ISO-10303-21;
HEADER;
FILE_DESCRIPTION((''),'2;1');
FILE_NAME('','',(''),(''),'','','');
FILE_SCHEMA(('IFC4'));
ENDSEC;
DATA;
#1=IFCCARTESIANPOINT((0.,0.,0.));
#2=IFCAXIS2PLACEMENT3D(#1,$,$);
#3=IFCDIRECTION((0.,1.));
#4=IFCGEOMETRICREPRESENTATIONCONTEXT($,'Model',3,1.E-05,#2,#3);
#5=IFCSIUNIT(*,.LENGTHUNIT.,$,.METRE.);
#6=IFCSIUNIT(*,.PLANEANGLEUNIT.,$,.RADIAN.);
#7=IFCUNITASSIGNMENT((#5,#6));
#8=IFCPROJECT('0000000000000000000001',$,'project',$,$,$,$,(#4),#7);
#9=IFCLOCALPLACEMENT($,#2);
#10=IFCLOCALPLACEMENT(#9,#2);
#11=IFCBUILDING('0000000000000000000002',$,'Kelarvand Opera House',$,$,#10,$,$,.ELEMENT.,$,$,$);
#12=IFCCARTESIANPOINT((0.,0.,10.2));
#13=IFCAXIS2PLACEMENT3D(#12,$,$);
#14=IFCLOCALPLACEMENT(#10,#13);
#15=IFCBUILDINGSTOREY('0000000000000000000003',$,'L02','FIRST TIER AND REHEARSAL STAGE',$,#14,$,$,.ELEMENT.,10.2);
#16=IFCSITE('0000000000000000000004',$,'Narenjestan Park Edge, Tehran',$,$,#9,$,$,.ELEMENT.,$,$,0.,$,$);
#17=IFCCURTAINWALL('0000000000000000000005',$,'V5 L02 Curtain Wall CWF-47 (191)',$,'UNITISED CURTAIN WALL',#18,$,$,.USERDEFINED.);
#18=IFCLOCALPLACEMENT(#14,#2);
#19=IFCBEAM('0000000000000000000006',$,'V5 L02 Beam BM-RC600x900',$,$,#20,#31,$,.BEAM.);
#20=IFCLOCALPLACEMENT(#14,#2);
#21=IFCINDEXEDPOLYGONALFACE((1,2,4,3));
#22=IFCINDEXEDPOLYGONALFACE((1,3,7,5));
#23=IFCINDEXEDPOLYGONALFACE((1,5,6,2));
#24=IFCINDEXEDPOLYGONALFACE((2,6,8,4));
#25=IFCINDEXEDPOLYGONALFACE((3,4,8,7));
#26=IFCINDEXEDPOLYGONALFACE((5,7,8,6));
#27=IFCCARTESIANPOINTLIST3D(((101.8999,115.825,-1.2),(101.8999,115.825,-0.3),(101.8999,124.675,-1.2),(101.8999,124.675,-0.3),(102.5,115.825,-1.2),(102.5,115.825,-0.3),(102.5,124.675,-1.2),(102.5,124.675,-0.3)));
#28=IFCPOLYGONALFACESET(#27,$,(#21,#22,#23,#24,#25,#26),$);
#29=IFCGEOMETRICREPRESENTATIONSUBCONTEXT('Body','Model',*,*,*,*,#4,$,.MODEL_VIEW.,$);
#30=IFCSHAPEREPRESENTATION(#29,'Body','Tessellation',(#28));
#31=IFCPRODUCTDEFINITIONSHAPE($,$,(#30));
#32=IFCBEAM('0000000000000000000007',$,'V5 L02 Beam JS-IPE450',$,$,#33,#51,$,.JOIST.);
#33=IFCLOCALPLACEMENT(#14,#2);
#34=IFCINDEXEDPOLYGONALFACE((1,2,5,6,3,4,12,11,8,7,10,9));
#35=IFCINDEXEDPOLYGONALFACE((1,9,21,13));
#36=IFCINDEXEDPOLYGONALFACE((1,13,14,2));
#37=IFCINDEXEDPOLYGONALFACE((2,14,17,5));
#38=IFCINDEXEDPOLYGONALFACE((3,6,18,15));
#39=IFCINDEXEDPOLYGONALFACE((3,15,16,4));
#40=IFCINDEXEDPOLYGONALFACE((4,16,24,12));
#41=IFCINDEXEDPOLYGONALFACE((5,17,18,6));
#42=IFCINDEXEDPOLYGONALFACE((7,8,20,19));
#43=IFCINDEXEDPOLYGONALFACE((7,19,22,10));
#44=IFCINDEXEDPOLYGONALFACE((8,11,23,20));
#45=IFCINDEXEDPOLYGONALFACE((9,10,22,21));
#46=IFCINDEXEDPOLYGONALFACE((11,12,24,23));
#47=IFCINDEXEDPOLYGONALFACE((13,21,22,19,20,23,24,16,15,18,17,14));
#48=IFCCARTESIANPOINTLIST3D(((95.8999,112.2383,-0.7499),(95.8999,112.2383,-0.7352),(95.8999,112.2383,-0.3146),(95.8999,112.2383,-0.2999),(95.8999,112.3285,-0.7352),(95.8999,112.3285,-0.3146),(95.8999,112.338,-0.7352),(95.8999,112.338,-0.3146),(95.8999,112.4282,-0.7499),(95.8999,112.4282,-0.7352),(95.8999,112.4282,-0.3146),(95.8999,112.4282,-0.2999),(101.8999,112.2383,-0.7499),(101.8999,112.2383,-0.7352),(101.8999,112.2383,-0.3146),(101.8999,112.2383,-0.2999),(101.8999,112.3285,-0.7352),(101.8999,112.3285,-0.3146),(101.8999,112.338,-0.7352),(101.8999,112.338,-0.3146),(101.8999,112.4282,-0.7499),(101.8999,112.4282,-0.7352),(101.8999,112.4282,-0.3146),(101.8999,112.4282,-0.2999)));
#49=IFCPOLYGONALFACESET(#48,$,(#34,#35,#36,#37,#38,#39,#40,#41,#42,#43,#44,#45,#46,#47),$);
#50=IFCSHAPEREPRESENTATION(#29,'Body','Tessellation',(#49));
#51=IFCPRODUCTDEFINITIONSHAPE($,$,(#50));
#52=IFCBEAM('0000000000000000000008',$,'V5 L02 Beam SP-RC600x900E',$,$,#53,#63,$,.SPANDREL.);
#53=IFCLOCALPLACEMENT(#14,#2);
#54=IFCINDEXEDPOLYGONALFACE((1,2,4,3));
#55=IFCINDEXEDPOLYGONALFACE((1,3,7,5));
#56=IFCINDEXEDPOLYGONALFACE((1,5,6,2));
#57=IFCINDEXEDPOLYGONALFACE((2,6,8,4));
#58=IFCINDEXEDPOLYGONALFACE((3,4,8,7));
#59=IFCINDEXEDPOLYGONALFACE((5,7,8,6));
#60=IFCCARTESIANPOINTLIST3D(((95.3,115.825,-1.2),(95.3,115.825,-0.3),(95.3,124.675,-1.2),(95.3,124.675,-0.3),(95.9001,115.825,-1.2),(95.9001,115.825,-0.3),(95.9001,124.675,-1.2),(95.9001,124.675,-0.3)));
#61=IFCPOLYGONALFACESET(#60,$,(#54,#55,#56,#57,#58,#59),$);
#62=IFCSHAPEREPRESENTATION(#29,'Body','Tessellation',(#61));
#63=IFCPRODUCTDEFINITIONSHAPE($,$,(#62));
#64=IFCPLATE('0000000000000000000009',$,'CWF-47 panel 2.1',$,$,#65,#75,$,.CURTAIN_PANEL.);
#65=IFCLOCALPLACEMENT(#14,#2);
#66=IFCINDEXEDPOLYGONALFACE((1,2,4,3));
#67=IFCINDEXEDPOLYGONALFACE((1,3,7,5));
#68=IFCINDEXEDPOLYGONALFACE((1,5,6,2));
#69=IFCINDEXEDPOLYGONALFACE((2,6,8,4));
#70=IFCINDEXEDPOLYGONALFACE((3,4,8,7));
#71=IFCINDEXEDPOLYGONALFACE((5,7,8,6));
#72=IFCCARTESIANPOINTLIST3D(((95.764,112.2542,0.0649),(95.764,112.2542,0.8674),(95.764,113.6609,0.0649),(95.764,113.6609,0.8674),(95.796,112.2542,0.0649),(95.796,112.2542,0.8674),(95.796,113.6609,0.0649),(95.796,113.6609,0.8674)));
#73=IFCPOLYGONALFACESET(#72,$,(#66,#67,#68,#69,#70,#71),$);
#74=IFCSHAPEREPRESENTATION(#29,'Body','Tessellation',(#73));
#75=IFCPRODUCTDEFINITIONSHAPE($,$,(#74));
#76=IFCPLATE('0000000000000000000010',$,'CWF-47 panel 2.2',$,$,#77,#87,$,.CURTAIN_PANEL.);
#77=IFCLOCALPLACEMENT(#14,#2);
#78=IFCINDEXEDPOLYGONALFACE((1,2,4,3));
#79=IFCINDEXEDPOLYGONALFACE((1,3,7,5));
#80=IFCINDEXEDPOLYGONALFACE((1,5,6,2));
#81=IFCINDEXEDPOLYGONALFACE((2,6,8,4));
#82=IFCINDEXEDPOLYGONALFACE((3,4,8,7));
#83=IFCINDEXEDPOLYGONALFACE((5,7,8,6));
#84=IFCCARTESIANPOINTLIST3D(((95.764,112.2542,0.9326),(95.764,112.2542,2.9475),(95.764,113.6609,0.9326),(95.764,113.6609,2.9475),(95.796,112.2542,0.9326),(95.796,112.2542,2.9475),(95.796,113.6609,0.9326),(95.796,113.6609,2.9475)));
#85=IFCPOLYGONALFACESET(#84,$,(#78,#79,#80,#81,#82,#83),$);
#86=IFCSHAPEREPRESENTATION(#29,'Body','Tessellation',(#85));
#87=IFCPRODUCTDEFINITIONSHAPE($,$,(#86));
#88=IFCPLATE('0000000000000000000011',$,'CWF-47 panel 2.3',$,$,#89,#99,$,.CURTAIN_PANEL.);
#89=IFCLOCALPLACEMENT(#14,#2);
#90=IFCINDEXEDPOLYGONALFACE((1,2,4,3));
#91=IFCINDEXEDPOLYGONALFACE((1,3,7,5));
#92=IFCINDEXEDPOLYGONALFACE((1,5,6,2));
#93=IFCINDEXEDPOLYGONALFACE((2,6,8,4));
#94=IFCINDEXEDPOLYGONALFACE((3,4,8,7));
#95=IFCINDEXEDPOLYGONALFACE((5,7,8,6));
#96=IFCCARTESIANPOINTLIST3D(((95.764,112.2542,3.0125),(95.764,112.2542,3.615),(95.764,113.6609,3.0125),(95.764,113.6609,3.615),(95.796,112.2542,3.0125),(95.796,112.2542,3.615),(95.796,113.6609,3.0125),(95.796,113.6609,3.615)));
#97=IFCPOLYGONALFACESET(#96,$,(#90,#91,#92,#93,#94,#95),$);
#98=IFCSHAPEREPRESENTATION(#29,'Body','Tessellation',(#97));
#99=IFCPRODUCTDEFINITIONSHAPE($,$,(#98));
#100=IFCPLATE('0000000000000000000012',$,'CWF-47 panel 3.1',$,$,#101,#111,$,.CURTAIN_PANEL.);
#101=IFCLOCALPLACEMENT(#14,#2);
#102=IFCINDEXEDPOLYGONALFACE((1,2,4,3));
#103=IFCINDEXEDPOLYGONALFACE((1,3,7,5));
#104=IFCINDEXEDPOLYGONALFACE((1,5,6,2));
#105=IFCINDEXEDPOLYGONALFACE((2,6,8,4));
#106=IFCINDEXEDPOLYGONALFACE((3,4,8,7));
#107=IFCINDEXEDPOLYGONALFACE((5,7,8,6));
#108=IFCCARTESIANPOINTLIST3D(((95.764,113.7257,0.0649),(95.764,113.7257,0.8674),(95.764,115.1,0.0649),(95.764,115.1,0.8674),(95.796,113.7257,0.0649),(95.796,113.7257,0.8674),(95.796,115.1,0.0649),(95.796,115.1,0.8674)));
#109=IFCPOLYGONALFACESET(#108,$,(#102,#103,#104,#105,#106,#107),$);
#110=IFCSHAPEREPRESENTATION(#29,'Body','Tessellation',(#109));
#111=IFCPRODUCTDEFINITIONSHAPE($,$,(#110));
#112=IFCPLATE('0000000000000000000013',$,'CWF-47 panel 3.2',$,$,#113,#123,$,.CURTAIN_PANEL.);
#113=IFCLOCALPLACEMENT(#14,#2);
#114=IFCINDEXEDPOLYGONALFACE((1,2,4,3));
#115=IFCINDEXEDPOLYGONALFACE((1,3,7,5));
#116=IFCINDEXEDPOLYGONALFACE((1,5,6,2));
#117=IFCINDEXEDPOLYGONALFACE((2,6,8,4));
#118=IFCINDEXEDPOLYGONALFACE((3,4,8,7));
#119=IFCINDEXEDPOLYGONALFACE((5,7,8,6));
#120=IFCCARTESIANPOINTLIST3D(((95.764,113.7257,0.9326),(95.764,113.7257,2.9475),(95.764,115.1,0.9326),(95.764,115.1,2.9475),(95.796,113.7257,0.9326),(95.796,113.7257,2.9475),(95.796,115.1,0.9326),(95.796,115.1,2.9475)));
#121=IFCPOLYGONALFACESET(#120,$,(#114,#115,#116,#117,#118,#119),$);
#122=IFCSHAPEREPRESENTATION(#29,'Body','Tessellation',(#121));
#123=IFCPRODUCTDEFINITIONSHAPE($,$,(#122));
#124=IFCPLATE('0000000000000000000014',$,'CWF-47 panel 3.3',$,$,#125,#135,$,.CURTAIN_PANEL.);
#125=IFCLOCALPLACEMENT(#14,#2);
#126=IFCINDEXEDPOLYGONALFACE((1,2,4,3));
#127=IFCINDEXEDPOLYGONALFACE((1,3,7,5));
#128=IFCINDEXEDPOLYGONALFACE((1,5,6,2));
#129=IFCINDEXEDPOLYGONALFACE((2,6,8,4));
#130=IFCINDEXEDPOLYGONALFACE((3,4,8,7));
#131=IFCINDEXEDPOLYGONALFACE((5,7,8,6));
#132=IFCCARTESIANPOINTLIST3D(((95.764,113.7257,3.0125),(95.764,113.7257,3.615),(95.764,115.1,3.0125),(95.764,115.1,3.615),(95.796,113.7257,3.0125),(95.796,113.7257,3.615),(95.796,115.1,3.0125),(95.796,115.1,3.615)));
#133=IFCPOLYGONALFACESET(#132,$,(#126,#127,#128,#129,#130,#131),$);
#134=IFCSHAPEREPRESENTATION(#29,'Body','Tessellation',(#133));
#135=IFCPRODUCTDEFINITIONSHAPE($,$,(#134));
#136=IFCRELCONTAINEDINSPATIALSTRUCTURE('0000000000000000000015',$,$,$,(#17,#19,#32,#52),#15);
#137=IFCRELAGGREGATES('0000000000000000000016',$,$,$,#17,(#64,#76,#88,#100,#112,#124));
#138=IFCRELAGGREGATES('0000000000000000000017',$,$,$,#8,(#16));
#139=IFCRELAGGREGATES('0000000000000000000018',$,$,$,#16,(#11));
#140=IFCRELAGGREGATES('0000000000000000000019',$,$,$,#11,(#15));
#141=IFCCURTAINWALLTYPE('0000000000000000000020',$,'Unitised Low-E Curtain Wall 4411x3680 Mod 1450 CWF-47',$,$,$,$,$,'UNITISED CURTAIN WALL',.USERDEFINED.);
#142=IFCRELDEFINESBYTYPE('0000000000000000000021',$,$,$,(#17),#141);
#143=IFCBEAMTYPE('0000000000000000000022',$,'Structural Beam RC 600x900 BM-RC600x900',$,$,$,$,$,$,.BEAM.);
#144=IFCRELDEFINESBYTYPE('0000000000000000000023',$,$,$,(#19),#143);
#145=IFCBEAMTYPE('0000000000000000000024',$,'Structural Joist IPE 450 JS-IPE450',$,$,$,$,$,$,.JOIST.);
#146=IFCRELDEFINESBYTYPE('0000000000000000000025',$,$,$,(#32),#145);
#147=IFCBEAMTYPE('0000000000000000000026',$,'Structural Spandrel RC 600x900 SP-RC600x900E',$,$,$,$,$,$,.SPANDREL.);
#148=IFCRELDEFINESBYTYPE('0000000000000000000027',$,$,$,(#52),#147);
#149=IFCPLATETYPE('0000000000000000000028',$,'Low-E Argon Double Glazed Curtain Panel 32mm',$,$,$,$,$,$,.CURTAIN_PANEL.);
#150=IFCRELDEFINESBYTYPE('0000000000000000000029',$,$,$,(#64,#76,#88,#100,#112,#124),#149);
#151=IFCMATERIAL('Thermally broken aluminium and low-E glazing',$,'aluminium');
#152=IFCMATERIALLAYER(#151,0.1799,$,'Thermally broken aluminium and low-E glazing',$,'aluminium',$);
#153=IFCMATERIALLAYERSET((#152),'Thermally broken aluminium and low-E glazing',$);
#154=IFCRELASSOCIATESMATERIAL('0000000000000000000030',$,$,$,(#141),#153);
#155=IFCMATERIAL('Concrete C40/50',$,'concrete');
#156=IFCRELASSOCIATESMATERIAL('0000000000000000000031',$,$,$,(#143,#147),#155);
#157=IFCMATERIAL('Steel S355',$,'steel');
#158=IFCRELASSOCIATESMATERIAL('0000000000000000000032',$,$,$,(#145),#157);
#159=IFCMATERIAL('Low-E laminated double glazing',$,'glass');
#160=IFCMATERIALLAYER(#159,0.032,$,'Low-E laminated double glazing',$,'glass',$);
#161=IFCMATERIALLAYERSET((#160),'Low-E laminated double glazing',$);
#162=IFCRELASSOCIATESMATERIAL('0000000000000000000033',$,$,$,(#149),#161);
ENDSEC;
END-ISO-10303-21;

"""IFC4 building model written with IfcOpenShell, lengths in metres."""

from ifc_helpers import new_model, si_unit, direction, frame, origin, origin_2d, place, context, subcontext, project, spatial, rectangle, i_section, extrude, material, layer, layer_set, material_profile, profile_set, type_object, element, aggregate, save


model = new_model("IFC4")

# Units and contexts
model_context = context("Model", 3, precision=1e-05, world=origin(), true_north=direction((0.0, 1.0)))
body_context = subcontext(model_context, "Body", "Model", "MODEL_VIEW")
ifc_project = project(units=[si_unit("LENGTHUNIT", "METRE"), si_unit("PLANEANGLEUNIT", "RADIAN")], contexts=[model_context])

# Site, building, storey
site_placement = place(None, origin())
site = spatial("IfcSite", under=ifc_project, at=site_placement, Name="Narenjestan Park Edge, Tehran", CompositionType="ELEMENT", RefElevation=0.0)
building_placement = place(site_placement, origin())
building = spatial("IfcBuilding", under=site, at=building_placement, Name="Kelarvand Opera House", CompositionType="ELEMENT")
storey_placement = place(building_placement, frame((0.0, 0.0, 10.2)))
storey = spatial("IfcBuildingStorey", under=building, at=storey_placement, Name="L02", Description="FIRST TIER AND REHEARSAL STAGE", CompositionType="ELEMENT", Elevation=10.2)

# Shared definitions
ifc_material_1 = material(Name="Concrete C40/50", Category="concrete")

# Curtain wall
ifc_material_2 = material(Name="Thermally broken aluminium and low-E glazing", Category="aluminium")
ifc_layer_1 = layer(ifc_material_2, 0.1799, Name="Thermally broken aluminium and low-E glazing", Category="aluminium")
ifc_layer_set_1 = layer_set([ifc_layer_1], Name="Thermally broken aluminium and low-E glazing")
curtain_wall_type = type_object("IfcCurtainWallType", Name="Unitised Low-E Curtain Wall 4411x3680 Mod 1450 CWF-47", ElementType="UNITISED CURTAIN WALL", PredefinedType="USERDEFINED", material=ifc_layer_set_1)
curtain_wall_1_placement = place(storey_placement, origin())
curtain_wall_1 = element("IfcCurtainWall", 1, at=curtain_wall_1_placement, inside=storey, type_object=curtain_wall_type, Name="V5 L02 Curtain Wall CWF-47 (191)", ObjectType="UNITISED CURTAIN WALL", PredefinedType="USERDEFINED")

# Beams
ifc_material_profile_1 = material_profile(ifc_material_1, rectangle(XDim=0.6001, YDim=0.8999, at=origin_2d()), Name="RC 600x900", Category="concrete")
ifc_profile_set_1 = profile_set([ifc_material_profile_1], Name="Concrete C40/50")
beam_type_1 = type_object("IfcBeamType", Name="Structural Beam RC 600x900 BM-RC600x900", PredefinedType="BEAM", material=ifc_profile_set_1)
beam_1_placement = place(storey_placement, frame((102.2, 115.825, -0.75), z_axis=(0.0, 1.0, 0.0), x_axis=(-1.0, 0.0, 0.0)))
element("IfcBeam", 2, at=beam_1_placement, inside=storey, type_object=beam_type_1, Name="V5 L02 Beam BM-RC600x900", PredefinedType="BEAM", context=body_context, shape_type="SweptSolid", body=[
    extrude(rectangle(XDim=0.6001, YDim=0.8999, at=origin_2d()), origin(), (0.0, 0.0, 1.0), 8.8501),
])
ifc_material_3 = material(Name="Steel S355", Category="steel")
ifc_material_profile_2 = material_profile(ifc_material_3, i_section(OverallWidth=0.1899, OverallDepth=0.45, WebThickness=0.0095, FlangeThickness=0.0146, at=origin_2d()), Name="IPE 450", Category="steel")
ifc_profile_set_2 = profile_set([ifc_material_profile_2], Name="Steel S355")
beam_type_2 = type_object("IfcBeamType", Name="Structural Joist IPE 450 JS-IPE450", PredefinedType="JOIST", material=ifc_profile_set_2)
beam_2_placement = place(storey_placement, frame((95.8999, 112.3333, -0.5249), z_axis=(1.0, 0.0, 0.0), x_axis=(0.0, 1.0, 0.0)))
element("IfcBeam", 3, at=beam_2_placement, inside=storey, type_object=beam_type_2, Name="V5 L02 Beam JS-IPE450", PredefinedType="JOIST", context=body_context, shape_type="SweptSolid", body=[
    extrude(i_section(OverallWidth=0.1899, OverallDepth=0.45, WebThickness=0.0095, FlangeThickness=0.0146, at=origin_2d()), origin(), (0.0, 0.0, 1.0), 6.0),
])
ifc_material_profile_3 = material_profile(ifc_material_1, rectangle(XDim=0.6001, YDim=0.8999, at=origin_2d()), Name="RC 600x900", Category="concrete")
ifc_profile_set_3 = profile_set([ifc_material_profile_3], Name="Concrete C40/50")
beam_type_3 = type_object("IfcBeamType", Name="Structural Spandrel RC 600x900 SP-RC600x900E", PredefinedType="SPANDREL", material=ifc_profile_set_3)
beam_3_placement = place(storey_placement, frame((95.6001, 115.825, -0.75), z_axis=(0.0, 1.0, 0.0), x_axis=(-1.0, 0.0, 0.0)))
element("IfcBeam", 4, at=beam_3_placement, inside=storey, type_object=beam_type_3, Name="V5 L02 Beam SP-RC600x900E", PredefinedType="SPANDREL", context=body_context, shape_type="SweptSolid", body=[
    extrude(rectangle(XDim=0.6001, YDim=0.8999, at=origin_2d()), origin(), (0.0, 0.0, 1.0), 8.8501),
])

# Plates
ifc_material_4 = material(Name="Low-E laminated double glazing", Category="glass")
ifc_layer_2 = layer(ifc_material_4, 0.032, Name="Low-E laminated double glazing", Category="glass")
ifc_layer_set_2 = layer_set([ifc_layer_2], Name="Low-E laminated double glazing")
plate_type = type_object("IfcPlateType", Name="Low-E Argon Double Glazed Curtain Panel 32mm", PredefinedType="CURTAIN_PANEL", material=ifc_layer_set_2)
plate_1_placement = place(storey_placement, frame((95.78, 112.9575, 0.0649), z_axis=(0.0, 0.0, 1.0), x_axis=(0.0, 1.0, 0.0)))
plate_1 = element("IfcPlate", 5, at=plate_1_placement, type_object=plate_type, Name="CWF-47 panel 2.1", PredefinedType="CURTAIN_PANEL", context=body_context, shape_type="SweptSolid", body=[
    extrude(rectangle(XDim=1.4067, YDim=0.032, at=origin_2d()), origin(), (0.0, 0.0, 1.0), 0.8025),
])
plate_2_placement = place(storey_placement, frame((95.78, 112.9575, 0.9326), z_axis=(0.0, 0.0, 1.0), x_axis=(0.0, 1.0, 0.0)))
plate_2 = element("IfcPlate", 6, at=plate_2_placement, type_object=plate_type, Name="CWF-47 panel 2.2", PredefinedType="CURTAIN_PANEL", context=body_context, shape_type="SweptSolid", body=[
    extrude(rectangle(XDim=1.4067, YDim=0.032, at=origin_2d()), origin(), (0.0, 0.0, 1.0), 2.0149),
])
plate_3_placement = place(storey_placement, frame((95.78, 112.9575, 3.0125), z_axis=(0.0, 0.0, 1.0), x_axis=(0.0, 1.0, 0.0)))
plate_3 = element("IfcPlate", 7, at=plate_3_placement, type_object=plate_type, Name="CWF-47 panel 2.3", PredefinedType="CURTAIN_PANEL", context=body_context, shape_type="SweptSolid", body=[
    extrude(rectangle(XDim=1.4067, YDim=0.032, at=origin_2d()), origin(), (0.0, 0.0, 1.0), 0.6025),
])
plate_4_placement = place(storey_placement, frame((95.78, 114.4128, 0.0649), z_axis=(0.0, 0.0, 1.0), x_axis=(0.0, 1.0, 0.0)))
plate_4 = element("IfcPlate", 8, at=plate_4_placement, type_object=plate_type, Name="CWF-47 panel 3.1", PredefinedType="CURTAIN_PANEL", context=body_context, shape_type="SweptSolid", body=[
    extrude(rectangle(XDim=1.3743, YDim=0.032, at=origin_2d()), origin(), (0.0, 0.0, 1.0), 0.8025),
])
plate_5_placement = place(storey_placement, frame((95.78, 114.4128, 0.9326), z_axis=(0.0, 0.0, 1.0), x_axis=(0.0, 1.0, 0.0)))
plate_5 = element("IfcPlate", 9, at=plate_5_placement, type_object=plate_type, Name="CWF-47 panel 3.2", PredefinedType="CURTAIN_PANEL", context=body_context, shape_type="SweptSolid", body=[
    extrude(rectangle(XDim=1.3743, YDim=0.032, at=origin_2d()), origin(), (0.0, 0.0, 1.0), 2.0149),
])
plate_6_placement = place(storey_placement, frame((95.78, 114.4128, 3.0125), z_axis=(0.0, 0.0, 1.0), x_axis=(0.0, 1.0, 0.0)))
plate_6 = element("IfcPlate", 10, at=plate_6_placement, type_object=plate_type, Name="CWF-47 panel 3.3", PredefinedType="CURTAIN_PANEL", context=body_context, shape_type="SweptSolid", body=[
    extrude(rectangle(XDim=1.3743, YDim=0.032, at=origin_2d()), origin(), (0.0, 0.0, 1.0), 0.6025),
])
aggregate(curtain_wall_1, [plate_1, plate_2, plate_3, plate_4, plate_5, plate_6])

save(model, "model.ifc")
